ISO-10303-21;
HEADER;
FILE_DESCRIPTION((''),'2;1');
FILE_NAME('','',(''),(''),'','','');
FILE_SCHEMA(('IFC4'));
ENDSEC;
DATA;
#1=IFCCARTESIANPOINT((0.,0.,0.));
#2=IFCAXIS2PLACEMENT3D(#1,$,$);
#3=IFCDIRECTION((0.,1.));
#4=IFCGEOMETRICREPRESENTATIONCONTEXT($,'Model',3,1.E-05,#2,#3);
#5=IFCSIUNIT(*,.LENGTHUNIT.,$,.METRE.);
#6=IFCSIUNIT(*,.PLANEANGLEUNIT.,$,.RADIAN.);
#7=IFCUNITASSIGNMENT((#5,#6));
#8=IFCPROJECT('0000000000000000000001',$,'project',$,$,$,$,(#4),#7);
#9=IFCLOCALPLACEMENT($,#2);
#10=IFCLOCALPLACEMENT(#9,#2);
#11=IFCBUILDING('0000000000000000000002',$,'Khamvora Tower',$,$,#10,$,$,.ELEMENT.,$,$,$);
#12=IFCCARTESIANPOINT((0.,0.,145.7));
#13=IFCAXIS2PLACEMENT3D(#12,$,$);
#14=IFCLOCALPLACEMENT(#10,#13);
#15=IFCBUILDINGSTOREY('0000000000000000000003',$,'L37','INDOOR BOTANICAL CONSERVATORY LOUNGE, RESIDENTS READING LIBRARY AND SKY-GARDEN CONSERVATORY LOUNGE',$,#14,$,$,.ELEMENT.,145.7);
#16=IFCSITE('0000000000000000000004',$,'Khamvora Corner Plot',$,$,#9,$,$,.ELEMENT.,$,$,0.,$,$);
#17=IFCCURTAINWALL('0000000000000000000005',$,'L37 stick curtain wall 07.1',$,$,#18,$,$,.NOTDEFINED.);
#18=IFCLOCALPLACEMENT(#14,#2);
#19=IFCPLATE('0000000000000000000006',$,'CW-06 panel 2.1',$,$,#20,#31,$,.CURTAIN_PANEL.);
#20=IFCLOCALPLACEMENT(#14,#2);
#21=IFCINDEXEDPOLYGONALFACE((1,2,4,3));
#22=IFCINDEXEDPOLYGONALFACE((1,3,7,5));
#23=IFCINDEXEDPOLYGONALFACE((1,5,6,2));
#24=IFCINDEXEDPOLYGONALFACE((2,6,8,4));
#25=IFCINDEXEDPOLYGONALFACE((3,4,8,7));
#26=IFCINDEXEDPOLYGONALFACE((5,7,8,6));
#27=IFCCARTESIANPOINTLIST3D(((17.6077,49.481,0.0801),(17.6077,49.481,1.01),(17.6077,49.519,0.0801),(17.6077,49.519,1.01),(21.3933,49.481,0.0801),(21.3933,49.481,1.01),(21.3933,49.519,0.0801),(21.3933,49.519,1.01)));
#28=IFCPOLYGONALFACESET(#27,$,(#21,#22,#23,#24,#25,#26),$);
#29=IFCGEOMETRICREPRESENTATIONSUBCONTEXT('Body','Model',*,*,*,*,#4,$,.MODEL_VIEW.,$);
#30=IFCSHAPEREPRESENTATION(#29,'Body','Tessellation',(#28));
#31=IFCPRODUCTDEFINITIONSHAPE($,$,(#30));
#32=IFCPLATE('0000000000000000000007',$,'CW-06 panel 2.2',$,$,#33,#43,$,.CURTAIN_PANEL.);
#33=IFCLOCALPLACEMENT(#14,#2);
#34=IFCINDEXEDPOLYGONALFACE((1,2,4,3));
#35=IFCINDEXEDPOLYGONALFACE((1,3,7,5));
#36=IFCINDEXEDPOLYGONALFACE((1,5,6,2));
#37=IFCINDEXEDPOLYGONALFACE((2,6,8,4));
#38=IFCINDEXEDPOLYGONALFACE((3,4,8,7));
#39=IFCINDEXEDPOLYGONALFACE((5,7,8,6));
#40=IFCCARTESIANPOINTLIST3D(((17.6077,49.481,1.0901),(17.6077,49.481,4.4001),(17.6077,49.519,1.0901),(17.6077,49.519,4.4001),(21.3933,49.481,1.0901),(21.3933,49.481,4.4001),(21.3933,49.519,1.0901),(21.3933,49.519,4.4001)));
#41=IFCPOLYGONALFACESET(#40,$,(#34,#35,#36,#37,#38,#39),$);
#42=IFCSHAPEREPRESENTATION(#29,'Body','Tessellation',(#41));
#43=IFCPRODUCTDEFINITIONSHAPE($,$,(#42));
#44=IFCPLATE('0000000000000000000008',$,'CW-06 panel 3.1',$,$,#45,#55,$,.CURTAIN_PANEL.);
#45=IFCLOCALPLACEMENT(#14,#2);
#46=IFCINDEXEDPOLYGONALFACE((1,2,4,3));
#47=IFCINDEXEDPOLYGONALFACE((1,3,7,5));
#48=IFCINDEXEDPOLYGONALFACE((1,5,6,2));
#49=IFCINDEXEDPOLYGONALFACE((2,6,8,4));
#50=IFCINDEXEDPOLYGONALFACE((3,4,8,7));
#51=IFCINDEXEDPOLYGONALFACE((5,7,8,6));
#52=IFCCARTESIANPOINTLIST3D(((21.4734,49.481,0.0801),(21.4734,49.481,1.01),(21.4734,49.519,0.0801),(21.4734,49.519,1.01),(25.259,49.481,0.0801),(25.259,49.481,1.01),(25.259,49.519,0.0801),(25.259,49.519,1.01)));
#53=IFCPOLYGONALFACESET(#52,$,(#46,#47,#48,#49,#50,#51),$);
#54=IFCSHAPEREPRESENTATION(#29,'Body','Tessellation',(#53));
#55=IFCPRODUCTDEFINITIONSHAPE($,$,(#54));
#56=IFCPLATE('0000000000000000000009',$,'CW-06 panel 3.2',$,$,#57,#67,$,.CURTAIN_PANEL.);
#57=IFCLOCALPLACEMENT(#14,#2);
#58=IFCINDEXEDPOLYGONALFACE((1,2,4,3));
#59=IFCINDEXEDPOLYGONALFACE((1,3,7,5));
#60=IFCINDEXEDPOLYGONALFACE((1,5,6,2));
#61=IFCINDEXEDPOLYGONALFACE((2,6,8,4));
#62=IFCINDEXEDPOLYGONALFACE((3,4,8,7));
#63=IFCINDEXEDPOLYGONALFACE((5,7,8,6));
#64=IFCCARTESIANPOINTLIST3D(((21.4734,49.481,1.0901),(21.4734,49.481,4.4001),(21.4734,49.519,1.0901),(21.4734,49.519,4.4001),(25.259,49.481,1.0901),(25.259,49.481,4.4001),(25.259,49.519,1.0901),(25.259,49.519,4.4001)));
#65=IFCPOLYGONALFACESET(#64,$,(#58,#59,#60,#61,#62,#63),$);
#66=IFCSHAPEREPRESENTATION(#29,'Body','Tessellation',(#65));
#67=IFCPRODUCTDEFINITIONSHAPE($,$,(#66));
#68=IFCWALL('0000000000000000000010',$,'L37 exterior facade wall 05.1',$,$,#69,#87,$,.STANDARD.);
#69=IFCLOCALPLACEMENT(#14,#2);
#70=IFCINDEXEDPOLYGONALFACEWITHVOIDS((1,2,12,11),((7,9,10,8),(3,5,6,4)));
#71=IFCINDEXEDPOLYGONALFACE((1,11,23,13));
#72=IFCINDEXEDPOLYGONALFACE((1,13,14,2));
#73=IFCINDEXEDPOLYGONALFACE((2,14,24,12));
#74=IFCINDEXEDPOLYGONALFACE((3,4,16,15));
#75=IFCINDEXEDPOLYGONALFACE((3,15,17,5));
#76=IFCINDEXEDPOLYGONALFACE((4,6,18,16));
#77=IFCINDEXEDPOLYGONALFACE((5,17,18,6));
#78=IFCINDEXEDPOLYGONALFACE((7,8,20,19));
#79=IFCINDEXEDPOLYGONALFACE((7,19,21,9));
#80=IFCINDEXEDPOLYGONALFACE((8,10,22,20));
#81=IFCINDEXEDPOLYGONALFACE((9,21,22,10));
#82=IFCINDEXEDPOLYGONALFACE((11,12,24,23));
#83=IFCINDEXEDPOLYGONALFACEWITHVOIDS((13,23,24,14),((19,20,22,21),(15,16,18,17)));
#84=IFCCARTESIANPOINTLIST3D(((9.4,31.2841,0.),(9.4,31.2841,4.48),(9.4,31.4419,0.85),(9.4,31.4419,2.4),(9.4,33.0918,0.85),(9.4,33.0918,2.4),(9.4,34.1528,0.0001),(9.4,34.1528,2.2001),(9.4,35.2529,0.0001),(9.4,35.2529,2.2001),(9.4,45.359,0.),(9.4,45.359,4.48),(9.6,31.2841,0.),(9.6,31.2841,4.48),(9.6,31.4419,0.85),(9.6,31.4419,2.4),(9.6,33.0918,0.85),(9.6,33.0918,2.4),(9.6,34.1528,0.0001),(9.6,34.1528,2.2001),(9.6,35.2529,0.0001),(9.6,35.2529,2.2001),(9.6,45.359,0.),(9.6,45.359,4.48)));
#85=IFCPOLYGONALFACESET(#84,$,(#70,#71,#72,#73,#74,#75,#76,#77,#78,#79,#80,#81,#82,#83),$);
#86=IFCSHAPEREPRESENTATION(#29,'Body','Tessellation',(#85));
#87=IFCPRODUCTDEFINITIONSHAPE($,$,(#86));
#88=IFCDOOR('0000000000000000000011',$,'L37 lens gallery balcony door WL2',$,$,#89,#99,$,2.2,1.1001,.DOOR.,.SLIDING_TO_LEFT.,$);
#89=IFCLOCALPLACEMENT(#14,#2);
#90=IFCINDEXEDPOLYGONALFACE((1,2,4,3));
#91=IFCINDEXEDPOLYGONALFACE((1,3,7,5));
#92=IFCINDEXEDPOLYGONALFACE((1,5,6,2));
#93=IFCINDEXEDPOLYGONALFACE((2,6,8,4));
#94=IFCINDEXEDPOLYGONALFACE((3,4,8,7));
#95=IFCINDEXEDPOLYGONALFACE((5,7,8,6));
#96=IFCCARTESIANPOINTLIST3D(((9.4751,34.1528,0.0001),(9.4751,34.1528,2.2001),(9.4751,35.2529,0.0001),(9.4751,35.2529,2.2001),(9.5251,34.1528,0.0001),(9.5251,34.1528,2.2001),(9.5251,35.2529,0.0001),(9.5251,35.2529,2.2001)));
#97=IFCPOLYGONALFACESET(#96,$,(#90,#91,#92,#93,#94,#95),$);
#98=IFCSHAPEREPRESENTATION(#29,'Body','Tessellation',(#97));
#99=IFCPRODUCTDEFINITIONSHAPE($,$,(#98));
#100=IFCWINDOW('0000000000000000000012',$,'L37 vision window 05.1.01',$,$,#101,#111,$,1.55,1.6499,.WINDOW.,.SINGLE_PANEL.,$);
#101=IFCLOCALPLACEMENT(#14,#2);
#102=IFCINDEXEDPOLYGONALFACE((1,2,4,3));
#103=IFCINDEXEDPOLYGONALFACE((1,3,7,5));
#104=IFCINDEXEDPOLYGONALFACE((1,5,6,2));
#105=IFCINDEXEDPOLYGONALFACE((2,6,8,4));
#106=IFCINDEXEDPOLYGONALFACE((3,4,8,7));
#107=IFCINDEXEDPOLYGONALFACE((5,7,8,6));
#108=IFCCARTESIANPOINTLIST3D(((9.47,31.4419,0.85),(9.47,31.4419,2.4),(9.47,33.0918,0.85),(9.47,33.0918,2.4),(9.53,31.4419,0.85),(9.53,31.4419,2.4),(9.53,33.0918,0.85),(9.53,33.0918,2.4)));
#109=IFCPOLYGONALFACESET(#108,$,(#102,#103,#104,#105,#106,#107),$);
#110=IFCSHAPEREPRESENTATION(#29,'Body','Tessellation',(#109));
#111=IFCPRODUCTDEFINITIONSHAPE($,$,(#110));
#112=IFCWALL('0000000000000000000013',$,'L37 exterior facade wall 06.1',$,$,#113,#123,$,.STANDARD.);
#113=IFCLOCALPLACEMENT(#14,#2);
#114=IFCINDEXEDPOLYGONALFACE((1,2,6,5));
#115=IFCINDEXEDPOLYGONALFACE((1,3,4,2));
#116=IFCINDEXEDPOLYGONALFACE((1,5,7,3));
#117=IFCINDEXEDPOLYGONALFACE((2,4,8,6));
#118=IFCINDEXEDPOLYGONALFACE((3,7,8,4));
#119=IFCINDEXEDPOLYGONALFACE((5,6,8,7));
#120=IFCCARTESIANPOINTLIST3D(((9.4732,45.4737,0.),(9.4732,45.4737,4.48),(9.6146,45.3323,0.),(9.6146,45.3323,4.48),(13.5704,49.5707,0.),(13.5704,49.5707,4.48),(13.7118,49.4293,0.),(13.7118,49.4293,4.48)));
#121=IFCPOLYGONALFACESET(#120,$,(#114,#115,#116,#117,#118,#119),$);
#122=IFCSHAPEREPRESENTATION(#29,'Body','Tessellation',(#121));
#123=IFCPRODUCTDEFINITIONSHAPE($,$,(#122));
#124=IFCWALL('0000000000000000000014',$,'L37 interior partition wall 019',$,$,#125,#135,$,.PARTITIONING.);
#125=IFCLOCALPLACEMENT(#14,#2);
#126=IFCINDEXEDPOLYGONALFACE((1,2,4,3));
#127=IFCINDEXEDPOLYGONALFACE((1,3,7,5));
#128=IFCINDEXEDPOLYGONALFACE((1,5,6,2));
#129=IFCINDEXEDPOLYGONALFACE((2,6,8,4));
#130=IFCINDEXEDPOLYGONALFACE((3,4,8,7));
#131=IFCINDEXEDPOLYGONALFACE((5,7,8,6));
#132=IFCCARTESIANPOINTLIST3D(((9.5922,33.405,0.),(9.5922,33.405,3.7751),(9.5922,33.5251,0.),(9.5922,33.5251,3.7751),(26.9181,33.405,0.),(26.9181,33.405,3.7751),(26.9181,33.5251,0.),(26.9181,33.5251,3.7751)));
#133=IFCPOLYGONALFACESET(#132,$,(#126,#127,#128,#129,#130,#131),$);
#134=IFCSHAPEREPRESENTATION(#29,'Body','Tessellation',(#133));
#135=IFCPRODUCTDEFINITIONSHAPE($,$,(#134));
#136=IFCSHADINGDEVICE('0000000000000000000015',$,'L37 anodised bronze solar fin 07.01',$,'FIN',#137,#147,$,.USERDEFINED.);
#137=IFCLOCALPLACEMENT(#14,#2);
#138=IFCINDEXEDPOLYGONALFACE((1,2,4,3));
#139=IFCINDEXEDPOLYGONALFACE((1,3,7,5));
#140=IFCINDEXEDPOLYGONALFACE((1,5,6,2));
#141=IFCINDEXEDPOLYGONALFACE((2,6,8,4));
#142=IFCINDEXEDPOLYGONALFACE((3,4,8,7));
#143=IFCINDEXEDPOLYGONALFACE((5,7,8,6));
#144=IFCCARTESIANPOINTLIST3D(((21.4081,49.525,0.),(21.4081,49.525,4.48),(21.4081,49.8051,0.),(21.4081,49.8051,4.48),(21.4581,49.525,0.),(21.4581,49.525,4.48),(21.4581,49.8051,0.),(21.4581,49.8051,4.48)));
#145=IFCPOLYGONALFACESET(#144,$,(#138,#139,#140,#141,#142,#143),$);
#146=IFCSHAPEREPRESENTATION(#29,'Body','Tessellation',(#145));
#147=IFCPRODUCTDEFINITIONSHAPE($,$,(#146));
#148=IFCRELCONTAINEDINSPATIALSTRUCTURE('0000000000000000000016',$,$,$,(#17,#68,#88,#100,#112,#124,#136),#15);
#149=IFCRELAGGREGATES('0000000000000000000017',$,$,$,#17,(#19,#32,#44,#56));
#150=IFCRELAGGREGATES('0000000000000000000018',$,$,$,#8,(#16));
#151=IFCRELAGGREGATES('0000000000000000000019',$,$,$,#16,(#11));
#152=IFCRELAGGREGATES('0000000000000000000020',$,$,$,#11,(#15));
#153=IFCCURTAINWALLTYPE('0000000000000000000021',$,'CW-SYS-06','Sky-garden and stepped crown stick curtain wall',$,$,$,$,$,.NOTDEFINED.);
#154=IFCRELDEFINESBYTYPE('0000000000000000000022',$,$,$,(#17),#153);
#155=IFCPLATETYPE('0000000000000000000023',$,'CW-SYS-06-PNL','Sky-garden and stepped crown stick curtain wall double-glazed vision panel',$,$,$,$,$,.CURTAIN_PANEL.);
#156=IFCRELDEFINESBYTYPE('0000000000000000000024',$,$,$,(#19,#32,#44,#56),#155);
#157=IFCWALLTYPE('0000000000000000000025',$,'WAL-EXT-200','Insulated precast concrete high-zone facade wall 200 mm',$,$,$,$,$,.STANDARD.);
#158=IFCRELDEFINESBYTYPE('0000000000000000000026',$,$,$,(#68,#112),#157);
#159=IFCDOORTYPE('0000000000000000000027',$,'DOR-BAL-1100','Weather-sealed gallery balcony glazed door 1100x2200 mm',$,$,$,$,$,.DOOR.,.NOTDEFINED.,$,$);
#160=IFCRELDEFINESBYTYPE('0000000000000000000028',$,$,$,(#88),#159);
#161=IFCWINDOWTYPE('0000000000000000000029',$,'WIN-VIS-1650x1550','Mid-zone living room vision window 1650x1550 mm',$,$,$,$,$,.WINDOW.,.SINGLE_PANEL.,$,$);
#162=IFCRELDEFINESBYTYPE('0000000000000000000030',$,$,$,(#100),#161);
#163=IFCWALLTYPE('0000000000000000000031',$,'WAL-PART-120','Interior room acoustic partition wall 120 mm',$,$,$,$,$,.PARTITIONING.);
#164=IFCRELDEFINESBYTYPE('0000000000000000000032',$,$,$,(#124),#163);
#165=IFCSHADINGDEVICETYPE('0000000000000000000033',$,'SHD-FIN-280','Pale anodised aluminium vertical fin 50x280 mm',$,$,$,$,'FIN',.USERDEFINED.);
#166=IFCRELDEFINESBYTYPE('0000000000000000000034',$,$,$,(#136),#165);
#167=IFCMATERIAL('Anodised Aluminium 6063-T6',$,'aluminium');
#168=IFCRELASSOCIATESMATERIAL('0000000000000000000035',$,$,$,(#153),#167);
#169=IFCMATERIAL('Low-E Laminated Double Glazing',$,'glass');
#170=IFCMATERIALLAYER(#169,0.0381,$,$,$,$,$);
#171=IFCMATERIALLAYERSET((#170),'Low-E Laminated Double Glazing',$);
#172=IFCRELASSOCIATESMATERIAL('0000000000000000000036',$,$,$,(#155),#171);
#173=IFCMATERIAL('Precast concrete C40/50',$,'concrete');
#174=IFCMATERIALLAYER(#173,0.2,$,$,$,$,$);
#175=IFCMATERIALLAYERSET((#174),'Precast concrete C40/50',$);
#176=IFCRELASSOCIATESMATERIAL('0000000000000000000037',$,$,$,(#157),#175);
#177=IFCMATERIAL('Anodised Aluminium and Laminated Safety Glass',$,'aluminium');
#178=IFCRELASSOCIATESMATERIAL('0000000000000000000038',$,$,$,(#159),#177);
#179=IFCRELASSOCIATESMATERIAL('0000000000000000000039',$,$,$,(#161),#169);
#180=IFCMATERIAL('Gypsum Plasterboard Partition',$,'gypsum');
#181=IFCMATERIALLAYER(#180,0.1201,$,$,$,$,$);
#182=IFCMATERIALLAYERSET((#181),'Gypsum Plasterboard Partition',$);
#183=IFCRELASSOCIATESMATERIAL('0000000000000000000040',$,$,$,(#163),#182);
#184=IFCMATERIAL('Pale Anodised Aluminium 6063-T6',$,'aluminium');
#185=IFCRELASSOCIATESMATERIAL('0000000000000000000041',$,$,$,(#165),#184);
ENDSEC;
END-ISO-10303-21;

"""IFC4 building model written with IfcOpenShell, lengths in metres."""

from ifc_helpers import new_model, si_unit, direction, frame, frame_2d, origin, origin_2d, place, context, subcontext, project, spatial, rectangle, extrude, material, layer, layer_set, type_object, element, fill, aggregate, save


model = new_model("IFC4")

# Units and contexts
model_context = context("Model", 3, precision=1e-05, world=origin(), true_north=direction((0.0, 1.0)))
body_context = subcontext(model_context, "Body", "Model", "MODEL_VIEW")
ifc_project = project(units=[si_unit("LENGTHUNIT", "METRE"), si_unit("PLANEANGLEUNIT", "RADIAN")], contexts=[model_context])

# Site, building, storey
site_placement = place(None, origin())
site = spatial("IfcSite", under=ifc_project, at=site_placement, Name="Khamvora Corner Plot", CompositionType="ELEMENT", RefElevation=0.0)
building_placement = place(site_placement, origin())
building = spatial("IfcBuilding", under=site, at=building_placement, Name="Khamvora Tower", CompositionType="ELEMENT")
storey_placement = place(building_placement, frame((0.0, 0.0, 145.7)))
storey = spatial("IfcBuildingStorey", under=building, at=storey_placement, Name="L37", Description="INDOOR BOTANICAL CONSERVATORY LOUNGE, RESIDENTS READING LIBRARY AND SKY-GARDEN CONSERVATORY LOUNGE", CompositionType="ELEMENT", Elevation=145.7)

# Curtain wall, plates
ifc_material_1 = material(Name="Anodised Aluminium 6063-T6", Category="aluminium")
curtain_wall_type = type_object("IfcCurtainWallType", Name="CW-SYS-06", Description="Sky-garden and stepped crown stick curtain wall", PredefinedType="NOTDEFINED", material=ifc_material_1)
curtain_wall_placement = place(storey_placement, origin())
curtain_wall = element("IfcCurtainWall", 1, at=curtain_wall_placement, inside=storey, type_object=curtain_wall_type, Name="L37 stick curtain wall 07.1", PredefinedType="NOTDEFINED")
ifc_material_2 = material(Name="Low-E Laminated Double Glazing", Category="glass")
ifc_layer_1 = layer(ifc_material_2, 0.0381)
ifc_layer_set_1 = layer_set([ifc_layer_1], Name="Low-E Laminated Double Glazing")
plate_type = type_object("IfcPlateType", Name="CW-SYS-06-PNL", Description="Sky-garden and stepped crown stick curtain wall double-glazed vision panel", PredefinedType="CURTAIN_PANEL", material=ifc_layer_set_1)
plate_1_placement = place(storey_placement, frame((19.5005, 49.5, 0.0801), z_axis=(0.0, 0.0, 1.0), x_axis=(1.0, 0.0, 0.0)))
plate_1 = element("IfcPlate", 2, at=plate_1_placement, type_object=plate_type, Name="CW-06 panel 2.1", PredefinedType="CURTAIN_PANEL", context=body_context, shape_type="SweptSolid", body=[
    extrude(rectangle(XDim=3.7856, YDim=0.0381, at=origin_2d()), origin(), (0.0, 0.0, 1.0), 0.9299),
])
plate_2_placement = place(storey_placement, frame((19.5005, 49.5, 1.0901), z_axis=(0.0, 0.0, 1.0), x_axis=(1.0, 0.0, 0.0)))
plate_2 = element("IfcPlate", 3, at=plate_2_placement, type_object=plate_type, Name="CW-06 panel 2.2", PredefinedType="CURTAIN_PANEL", context=body_context, shape_type="SweptSolid", body=[
    extrude(rectangle(XDim=3.7856, YDim=0.0381, at=origin_2d()), origin(), (0.0, 0.0, 1.0), 3.3101),
])
plate_3_placement = place(storey_placement, frame((23.3662, 49.5, 0.0801), z_axis=(0.0, 0.0, 1.0), x_axis=(1.0, 0.0, 0.0)))
plate_3 = element("IfcPlate", 4, at=plate_3_placement, type_object=plate_type, Name="CW-06 panel 3.1", PredefinedType="CURTAIN_PANEL", context=body_context, shape_type="SweptSolid", body=[
    extrude(rectangle(XDim=3.7856, YDim=0.0381, at=origin_2d()), origin(), (0.0, 0.0, 1.0), 0.9299),
])
plate_4_placement = place(storey_placement, frame((23.3662, 49.5, 1.0901), z_axis=(0.0, 0.0, 1.0), x_axis=(1.0, 0.0, 0.0)))
plate_4 = element("IfcPlate", 5, at=plate_4_placement, type_object=plate_type, Name="CW-06 panel 3.2", PredefinedType="CURTAIN_PANEL", context=body_context, shape_type="SweptSolid", body=[
    extrude(rectangle(XDim=3.7856, YDim=0.0381, at=origin_2d()), origin(), (0.0, 0.0, 1.0), 3.3101),
])
aggregate(curtain_wall, [plate_1, plate_2, plate_3, plate_4])

# Wall, openings, door, window
ifc_material_3 = material(Name="Precast concrete C40/50", Category="concrete")
ifc_layer_2 = layer(ifc_material_3, 0.2)
ifc_layer_set_2 = layer_set([ifc_layer_2], Name="Precast concrete C40/50")
wall_type_1 = type_object("IfcWallType", Name="WAL-EXT-200", Description="Insulated precast concrete high-zone facade wall 200 mm", PredefinedType="STANDARD", material=ifc_layer_set_2)
wall_1_placement = place(storey_placement, frame((9.5, 31.2839, 0.0), z_axis=(0.0, 0.0, 1.0), x_axis=(0.0, 1.0, 0.0)))
wall_1 = element("IfcWall", 6, at=wall_1_placement, inside=storey, type_object=wall_type_1, Name="L37 exterior facade wall 05.1", PredefinedType="STANDARD", context=body_context, shape_type="SweptSolid", body=[
    extrude(rectangle(XDim=14.075, YDim=0.2, at=frame_2d((7.0376, 0.0))), origin(), (0.0, 0.0, 1.0), 4.48),
])
opening_1_placement = place(wall_1_placement, frame((2.8689, 0.0, 0.0)))
opening_1 = element("IfcOpeningElement", 7, at=opening_1_placement, cuts=wall_1, PredefinedType="OPENING", context=body_context, shape_type="SweptSolid", body=[
    extrude(rectangle(XDim=1.1001, YDim=2.2, at=frame_2d((0.55, 1.1001))), frame((0.0, 0.1099, 0.0), z_axis=(0.0, -1.0, 0.0), x_axis=(1.0, 0.0, 0.0)), (0.0, 0.0, 1.0), 0.22),
])
opening_2_placement = place(wall_1_placement, frame((0.158, 0.0, 0.8501)))
opening_2 = element("IfcOpeningElement", 8, at=opening_2_placement, cuts=wall_1, PredefinedType="OPENING", context=body_context, shape_type="SweptSolid", body=[
    extrude(rectangle(XDim=1.6499, YDim=1.55, at=frame_2d((0.825, 0.7749))), frame((0.0, 0.1099, 0.0), z_axis=(0.0, -1.0, 0.0), x_axis=(1.0, 0.0, 0.0)), (0.0, 0.0, 1.0), 0.22),
])
ifc_material_4 = material(Name="Anodised Aluminium and Laminated Safety Glass", Category="aluminium")
door_type = type_object("IfcDoorType", Name="DOR-BAL-1100", Description="Weather-sealed gallery balcony glazed door 1100x2200 mm", OperationType="NOTDEFINED", PredefinedType="DOOR", material=ifc_material_4)
door_placement = place(opening_1_placement, origin())
door = element("IfcDoor", 9, at=door_placement, inside=storey, type_object=door_type, Name="L37 lens gallery balcony door WL2", OperationType="SLIDING_TO_LEFT", OverallHeight=2.2, OverallWidth=1.1001, PredefinedType="DOOR", context=body_context, shape_type="SweptSolid", body=[
    extrude(rectangle(XDim=1.1001, YDim=2.2, at=frame_2d((0.55, 1.1001))), frame((0.0, 0.0249, 0.0), z_axis=(0.0, -1.0, 0.0), x_axis=(1.0, 0.0, 0.0)), (0.0, 0.0, 1.0), 0.05),
])
fill(opening_1, door)
window_type = type_object("IfcWindowType", Name="WIN-VIS-1650x1550", Description="Mid-zone living room vision window 1650x1550 mm", PartitioningType="SINGLE_PANEL", PredefinedType="WINDOW", material=ifc_material_2)
window_placement = place(opening_2_placement, origin())
window = element("IfcWindow", 10, at=window_placement, inside=storey, type_object=window_type, Name="L37 vision window 05.1.01", OverallHeight=1.55, OverallWidth=1.6499, PartitioningType="SINGLE_PANEL", PredefinedType="WINDOW", context=body_context, shape_type="SweptSolid", body=[
    extrude(rectangle(XDim=1.6499, YDim=1.55, at=frame_2d((0.825, 0.7749))), frame((0.0, 0.03, 0.0), z_axis=(0.0, -1.0, 0.0), x_axis=(1.0, 0.0, 0.0)), (0.0, 0.0, 1.0), 0.0601),
])
fill(opening_2, window)

# Walls
wall_2_placement = place(storey_placement, frame((9.5439, 45.4031, 0.0), z_axis=(0.0, 0.0, 1.0), x_axis=(0.707128, 0.707086, 0.0)))
element("IfcWall", 11, at=wall_2_placement, inside=storey, type_object=wall_type_1, Name="L37 exterior facade wall 06.1", PredefinedType="STANDARD", context=body_context, shape_type="SweptSolid", body=[
    extrude(rectangle(XDim=5.7942, YDim=0.2, at=frame_2d((2.897, 0.0))), origin(), (0.0, 0.0, 1.0), 4.48),
])
ifc_material_5 = material(Name="Gypsum Plasterboard Partition", Category="gypsum")
ifc_layer_3 = layer(ifc_material_5, 0.1201)
ifc_layer_set_3 = layer_set([ifc_layer_3], Name="Gypsum Plasterboard Partition")
wall_type_2 = type_object("IfcWallType", Name="WAL-PART-120", Description="Interior room acoustic partition wall 120 mm", PredefinedType="PARTITIONING", material=ifc_layer_set_3)
wall_3_placement = place(storey_placement, frame((9.592, 33.4651, 0.0), z_axis=(0.0, 0.0, 1.0), x_axis=(1.0, 0.0, 0.0)))
element("IfcWall", 12, at=wall_3_placement, inside=storey, type_object=wall_type_2, Name="L37 interior partition wall 019", PredefinedType="PARTITIONING", context=body_context, shape_type="SweptSolid", body=[
    extrude(rectangle(XDim=17.3259, YDim=0.1201, at=frame_2d((8.6631, 0.0))), origin(), (0.0, 0.0, 1.0), 3.7751),
])

# Shading device
ifc_material_6 = material(Name="Pale Anodised Aluminium 6063-T6", Category="aluminium")
shading_device_type = type_object("IfcShadingDeviceType", Name="SHD-FIN-280", Description="Pale anodised aluminium vertical fin 50x280 mm", ElementType="FIN", PredefinedType="USERDEFINED", material=ifc_material_6)
shading_device_placement = place(storey_placement, frame((21.4331, 49.665, 0.0), z_axis=(0.0, 0.0, 1.0), x_axis=(1.0, 0.0, 0.0)))
element("IfcShadingDevice", 13, at=shading_device_placement, inside=storey, type_object=shading_device_type, Name="L37 anodised bronze solar fin 07.01", ObjectType="FIN", PredefinedType="USERDEFINED", context=body_context, shape_type="SweptSolid", body=[
    extrude(rectangle(XDim=0.05, YDim=0.28, at=origin_2d()), origin(), (0.0, 0.0, 1.0), 4.48),
])

save(model, "model.ifc")
